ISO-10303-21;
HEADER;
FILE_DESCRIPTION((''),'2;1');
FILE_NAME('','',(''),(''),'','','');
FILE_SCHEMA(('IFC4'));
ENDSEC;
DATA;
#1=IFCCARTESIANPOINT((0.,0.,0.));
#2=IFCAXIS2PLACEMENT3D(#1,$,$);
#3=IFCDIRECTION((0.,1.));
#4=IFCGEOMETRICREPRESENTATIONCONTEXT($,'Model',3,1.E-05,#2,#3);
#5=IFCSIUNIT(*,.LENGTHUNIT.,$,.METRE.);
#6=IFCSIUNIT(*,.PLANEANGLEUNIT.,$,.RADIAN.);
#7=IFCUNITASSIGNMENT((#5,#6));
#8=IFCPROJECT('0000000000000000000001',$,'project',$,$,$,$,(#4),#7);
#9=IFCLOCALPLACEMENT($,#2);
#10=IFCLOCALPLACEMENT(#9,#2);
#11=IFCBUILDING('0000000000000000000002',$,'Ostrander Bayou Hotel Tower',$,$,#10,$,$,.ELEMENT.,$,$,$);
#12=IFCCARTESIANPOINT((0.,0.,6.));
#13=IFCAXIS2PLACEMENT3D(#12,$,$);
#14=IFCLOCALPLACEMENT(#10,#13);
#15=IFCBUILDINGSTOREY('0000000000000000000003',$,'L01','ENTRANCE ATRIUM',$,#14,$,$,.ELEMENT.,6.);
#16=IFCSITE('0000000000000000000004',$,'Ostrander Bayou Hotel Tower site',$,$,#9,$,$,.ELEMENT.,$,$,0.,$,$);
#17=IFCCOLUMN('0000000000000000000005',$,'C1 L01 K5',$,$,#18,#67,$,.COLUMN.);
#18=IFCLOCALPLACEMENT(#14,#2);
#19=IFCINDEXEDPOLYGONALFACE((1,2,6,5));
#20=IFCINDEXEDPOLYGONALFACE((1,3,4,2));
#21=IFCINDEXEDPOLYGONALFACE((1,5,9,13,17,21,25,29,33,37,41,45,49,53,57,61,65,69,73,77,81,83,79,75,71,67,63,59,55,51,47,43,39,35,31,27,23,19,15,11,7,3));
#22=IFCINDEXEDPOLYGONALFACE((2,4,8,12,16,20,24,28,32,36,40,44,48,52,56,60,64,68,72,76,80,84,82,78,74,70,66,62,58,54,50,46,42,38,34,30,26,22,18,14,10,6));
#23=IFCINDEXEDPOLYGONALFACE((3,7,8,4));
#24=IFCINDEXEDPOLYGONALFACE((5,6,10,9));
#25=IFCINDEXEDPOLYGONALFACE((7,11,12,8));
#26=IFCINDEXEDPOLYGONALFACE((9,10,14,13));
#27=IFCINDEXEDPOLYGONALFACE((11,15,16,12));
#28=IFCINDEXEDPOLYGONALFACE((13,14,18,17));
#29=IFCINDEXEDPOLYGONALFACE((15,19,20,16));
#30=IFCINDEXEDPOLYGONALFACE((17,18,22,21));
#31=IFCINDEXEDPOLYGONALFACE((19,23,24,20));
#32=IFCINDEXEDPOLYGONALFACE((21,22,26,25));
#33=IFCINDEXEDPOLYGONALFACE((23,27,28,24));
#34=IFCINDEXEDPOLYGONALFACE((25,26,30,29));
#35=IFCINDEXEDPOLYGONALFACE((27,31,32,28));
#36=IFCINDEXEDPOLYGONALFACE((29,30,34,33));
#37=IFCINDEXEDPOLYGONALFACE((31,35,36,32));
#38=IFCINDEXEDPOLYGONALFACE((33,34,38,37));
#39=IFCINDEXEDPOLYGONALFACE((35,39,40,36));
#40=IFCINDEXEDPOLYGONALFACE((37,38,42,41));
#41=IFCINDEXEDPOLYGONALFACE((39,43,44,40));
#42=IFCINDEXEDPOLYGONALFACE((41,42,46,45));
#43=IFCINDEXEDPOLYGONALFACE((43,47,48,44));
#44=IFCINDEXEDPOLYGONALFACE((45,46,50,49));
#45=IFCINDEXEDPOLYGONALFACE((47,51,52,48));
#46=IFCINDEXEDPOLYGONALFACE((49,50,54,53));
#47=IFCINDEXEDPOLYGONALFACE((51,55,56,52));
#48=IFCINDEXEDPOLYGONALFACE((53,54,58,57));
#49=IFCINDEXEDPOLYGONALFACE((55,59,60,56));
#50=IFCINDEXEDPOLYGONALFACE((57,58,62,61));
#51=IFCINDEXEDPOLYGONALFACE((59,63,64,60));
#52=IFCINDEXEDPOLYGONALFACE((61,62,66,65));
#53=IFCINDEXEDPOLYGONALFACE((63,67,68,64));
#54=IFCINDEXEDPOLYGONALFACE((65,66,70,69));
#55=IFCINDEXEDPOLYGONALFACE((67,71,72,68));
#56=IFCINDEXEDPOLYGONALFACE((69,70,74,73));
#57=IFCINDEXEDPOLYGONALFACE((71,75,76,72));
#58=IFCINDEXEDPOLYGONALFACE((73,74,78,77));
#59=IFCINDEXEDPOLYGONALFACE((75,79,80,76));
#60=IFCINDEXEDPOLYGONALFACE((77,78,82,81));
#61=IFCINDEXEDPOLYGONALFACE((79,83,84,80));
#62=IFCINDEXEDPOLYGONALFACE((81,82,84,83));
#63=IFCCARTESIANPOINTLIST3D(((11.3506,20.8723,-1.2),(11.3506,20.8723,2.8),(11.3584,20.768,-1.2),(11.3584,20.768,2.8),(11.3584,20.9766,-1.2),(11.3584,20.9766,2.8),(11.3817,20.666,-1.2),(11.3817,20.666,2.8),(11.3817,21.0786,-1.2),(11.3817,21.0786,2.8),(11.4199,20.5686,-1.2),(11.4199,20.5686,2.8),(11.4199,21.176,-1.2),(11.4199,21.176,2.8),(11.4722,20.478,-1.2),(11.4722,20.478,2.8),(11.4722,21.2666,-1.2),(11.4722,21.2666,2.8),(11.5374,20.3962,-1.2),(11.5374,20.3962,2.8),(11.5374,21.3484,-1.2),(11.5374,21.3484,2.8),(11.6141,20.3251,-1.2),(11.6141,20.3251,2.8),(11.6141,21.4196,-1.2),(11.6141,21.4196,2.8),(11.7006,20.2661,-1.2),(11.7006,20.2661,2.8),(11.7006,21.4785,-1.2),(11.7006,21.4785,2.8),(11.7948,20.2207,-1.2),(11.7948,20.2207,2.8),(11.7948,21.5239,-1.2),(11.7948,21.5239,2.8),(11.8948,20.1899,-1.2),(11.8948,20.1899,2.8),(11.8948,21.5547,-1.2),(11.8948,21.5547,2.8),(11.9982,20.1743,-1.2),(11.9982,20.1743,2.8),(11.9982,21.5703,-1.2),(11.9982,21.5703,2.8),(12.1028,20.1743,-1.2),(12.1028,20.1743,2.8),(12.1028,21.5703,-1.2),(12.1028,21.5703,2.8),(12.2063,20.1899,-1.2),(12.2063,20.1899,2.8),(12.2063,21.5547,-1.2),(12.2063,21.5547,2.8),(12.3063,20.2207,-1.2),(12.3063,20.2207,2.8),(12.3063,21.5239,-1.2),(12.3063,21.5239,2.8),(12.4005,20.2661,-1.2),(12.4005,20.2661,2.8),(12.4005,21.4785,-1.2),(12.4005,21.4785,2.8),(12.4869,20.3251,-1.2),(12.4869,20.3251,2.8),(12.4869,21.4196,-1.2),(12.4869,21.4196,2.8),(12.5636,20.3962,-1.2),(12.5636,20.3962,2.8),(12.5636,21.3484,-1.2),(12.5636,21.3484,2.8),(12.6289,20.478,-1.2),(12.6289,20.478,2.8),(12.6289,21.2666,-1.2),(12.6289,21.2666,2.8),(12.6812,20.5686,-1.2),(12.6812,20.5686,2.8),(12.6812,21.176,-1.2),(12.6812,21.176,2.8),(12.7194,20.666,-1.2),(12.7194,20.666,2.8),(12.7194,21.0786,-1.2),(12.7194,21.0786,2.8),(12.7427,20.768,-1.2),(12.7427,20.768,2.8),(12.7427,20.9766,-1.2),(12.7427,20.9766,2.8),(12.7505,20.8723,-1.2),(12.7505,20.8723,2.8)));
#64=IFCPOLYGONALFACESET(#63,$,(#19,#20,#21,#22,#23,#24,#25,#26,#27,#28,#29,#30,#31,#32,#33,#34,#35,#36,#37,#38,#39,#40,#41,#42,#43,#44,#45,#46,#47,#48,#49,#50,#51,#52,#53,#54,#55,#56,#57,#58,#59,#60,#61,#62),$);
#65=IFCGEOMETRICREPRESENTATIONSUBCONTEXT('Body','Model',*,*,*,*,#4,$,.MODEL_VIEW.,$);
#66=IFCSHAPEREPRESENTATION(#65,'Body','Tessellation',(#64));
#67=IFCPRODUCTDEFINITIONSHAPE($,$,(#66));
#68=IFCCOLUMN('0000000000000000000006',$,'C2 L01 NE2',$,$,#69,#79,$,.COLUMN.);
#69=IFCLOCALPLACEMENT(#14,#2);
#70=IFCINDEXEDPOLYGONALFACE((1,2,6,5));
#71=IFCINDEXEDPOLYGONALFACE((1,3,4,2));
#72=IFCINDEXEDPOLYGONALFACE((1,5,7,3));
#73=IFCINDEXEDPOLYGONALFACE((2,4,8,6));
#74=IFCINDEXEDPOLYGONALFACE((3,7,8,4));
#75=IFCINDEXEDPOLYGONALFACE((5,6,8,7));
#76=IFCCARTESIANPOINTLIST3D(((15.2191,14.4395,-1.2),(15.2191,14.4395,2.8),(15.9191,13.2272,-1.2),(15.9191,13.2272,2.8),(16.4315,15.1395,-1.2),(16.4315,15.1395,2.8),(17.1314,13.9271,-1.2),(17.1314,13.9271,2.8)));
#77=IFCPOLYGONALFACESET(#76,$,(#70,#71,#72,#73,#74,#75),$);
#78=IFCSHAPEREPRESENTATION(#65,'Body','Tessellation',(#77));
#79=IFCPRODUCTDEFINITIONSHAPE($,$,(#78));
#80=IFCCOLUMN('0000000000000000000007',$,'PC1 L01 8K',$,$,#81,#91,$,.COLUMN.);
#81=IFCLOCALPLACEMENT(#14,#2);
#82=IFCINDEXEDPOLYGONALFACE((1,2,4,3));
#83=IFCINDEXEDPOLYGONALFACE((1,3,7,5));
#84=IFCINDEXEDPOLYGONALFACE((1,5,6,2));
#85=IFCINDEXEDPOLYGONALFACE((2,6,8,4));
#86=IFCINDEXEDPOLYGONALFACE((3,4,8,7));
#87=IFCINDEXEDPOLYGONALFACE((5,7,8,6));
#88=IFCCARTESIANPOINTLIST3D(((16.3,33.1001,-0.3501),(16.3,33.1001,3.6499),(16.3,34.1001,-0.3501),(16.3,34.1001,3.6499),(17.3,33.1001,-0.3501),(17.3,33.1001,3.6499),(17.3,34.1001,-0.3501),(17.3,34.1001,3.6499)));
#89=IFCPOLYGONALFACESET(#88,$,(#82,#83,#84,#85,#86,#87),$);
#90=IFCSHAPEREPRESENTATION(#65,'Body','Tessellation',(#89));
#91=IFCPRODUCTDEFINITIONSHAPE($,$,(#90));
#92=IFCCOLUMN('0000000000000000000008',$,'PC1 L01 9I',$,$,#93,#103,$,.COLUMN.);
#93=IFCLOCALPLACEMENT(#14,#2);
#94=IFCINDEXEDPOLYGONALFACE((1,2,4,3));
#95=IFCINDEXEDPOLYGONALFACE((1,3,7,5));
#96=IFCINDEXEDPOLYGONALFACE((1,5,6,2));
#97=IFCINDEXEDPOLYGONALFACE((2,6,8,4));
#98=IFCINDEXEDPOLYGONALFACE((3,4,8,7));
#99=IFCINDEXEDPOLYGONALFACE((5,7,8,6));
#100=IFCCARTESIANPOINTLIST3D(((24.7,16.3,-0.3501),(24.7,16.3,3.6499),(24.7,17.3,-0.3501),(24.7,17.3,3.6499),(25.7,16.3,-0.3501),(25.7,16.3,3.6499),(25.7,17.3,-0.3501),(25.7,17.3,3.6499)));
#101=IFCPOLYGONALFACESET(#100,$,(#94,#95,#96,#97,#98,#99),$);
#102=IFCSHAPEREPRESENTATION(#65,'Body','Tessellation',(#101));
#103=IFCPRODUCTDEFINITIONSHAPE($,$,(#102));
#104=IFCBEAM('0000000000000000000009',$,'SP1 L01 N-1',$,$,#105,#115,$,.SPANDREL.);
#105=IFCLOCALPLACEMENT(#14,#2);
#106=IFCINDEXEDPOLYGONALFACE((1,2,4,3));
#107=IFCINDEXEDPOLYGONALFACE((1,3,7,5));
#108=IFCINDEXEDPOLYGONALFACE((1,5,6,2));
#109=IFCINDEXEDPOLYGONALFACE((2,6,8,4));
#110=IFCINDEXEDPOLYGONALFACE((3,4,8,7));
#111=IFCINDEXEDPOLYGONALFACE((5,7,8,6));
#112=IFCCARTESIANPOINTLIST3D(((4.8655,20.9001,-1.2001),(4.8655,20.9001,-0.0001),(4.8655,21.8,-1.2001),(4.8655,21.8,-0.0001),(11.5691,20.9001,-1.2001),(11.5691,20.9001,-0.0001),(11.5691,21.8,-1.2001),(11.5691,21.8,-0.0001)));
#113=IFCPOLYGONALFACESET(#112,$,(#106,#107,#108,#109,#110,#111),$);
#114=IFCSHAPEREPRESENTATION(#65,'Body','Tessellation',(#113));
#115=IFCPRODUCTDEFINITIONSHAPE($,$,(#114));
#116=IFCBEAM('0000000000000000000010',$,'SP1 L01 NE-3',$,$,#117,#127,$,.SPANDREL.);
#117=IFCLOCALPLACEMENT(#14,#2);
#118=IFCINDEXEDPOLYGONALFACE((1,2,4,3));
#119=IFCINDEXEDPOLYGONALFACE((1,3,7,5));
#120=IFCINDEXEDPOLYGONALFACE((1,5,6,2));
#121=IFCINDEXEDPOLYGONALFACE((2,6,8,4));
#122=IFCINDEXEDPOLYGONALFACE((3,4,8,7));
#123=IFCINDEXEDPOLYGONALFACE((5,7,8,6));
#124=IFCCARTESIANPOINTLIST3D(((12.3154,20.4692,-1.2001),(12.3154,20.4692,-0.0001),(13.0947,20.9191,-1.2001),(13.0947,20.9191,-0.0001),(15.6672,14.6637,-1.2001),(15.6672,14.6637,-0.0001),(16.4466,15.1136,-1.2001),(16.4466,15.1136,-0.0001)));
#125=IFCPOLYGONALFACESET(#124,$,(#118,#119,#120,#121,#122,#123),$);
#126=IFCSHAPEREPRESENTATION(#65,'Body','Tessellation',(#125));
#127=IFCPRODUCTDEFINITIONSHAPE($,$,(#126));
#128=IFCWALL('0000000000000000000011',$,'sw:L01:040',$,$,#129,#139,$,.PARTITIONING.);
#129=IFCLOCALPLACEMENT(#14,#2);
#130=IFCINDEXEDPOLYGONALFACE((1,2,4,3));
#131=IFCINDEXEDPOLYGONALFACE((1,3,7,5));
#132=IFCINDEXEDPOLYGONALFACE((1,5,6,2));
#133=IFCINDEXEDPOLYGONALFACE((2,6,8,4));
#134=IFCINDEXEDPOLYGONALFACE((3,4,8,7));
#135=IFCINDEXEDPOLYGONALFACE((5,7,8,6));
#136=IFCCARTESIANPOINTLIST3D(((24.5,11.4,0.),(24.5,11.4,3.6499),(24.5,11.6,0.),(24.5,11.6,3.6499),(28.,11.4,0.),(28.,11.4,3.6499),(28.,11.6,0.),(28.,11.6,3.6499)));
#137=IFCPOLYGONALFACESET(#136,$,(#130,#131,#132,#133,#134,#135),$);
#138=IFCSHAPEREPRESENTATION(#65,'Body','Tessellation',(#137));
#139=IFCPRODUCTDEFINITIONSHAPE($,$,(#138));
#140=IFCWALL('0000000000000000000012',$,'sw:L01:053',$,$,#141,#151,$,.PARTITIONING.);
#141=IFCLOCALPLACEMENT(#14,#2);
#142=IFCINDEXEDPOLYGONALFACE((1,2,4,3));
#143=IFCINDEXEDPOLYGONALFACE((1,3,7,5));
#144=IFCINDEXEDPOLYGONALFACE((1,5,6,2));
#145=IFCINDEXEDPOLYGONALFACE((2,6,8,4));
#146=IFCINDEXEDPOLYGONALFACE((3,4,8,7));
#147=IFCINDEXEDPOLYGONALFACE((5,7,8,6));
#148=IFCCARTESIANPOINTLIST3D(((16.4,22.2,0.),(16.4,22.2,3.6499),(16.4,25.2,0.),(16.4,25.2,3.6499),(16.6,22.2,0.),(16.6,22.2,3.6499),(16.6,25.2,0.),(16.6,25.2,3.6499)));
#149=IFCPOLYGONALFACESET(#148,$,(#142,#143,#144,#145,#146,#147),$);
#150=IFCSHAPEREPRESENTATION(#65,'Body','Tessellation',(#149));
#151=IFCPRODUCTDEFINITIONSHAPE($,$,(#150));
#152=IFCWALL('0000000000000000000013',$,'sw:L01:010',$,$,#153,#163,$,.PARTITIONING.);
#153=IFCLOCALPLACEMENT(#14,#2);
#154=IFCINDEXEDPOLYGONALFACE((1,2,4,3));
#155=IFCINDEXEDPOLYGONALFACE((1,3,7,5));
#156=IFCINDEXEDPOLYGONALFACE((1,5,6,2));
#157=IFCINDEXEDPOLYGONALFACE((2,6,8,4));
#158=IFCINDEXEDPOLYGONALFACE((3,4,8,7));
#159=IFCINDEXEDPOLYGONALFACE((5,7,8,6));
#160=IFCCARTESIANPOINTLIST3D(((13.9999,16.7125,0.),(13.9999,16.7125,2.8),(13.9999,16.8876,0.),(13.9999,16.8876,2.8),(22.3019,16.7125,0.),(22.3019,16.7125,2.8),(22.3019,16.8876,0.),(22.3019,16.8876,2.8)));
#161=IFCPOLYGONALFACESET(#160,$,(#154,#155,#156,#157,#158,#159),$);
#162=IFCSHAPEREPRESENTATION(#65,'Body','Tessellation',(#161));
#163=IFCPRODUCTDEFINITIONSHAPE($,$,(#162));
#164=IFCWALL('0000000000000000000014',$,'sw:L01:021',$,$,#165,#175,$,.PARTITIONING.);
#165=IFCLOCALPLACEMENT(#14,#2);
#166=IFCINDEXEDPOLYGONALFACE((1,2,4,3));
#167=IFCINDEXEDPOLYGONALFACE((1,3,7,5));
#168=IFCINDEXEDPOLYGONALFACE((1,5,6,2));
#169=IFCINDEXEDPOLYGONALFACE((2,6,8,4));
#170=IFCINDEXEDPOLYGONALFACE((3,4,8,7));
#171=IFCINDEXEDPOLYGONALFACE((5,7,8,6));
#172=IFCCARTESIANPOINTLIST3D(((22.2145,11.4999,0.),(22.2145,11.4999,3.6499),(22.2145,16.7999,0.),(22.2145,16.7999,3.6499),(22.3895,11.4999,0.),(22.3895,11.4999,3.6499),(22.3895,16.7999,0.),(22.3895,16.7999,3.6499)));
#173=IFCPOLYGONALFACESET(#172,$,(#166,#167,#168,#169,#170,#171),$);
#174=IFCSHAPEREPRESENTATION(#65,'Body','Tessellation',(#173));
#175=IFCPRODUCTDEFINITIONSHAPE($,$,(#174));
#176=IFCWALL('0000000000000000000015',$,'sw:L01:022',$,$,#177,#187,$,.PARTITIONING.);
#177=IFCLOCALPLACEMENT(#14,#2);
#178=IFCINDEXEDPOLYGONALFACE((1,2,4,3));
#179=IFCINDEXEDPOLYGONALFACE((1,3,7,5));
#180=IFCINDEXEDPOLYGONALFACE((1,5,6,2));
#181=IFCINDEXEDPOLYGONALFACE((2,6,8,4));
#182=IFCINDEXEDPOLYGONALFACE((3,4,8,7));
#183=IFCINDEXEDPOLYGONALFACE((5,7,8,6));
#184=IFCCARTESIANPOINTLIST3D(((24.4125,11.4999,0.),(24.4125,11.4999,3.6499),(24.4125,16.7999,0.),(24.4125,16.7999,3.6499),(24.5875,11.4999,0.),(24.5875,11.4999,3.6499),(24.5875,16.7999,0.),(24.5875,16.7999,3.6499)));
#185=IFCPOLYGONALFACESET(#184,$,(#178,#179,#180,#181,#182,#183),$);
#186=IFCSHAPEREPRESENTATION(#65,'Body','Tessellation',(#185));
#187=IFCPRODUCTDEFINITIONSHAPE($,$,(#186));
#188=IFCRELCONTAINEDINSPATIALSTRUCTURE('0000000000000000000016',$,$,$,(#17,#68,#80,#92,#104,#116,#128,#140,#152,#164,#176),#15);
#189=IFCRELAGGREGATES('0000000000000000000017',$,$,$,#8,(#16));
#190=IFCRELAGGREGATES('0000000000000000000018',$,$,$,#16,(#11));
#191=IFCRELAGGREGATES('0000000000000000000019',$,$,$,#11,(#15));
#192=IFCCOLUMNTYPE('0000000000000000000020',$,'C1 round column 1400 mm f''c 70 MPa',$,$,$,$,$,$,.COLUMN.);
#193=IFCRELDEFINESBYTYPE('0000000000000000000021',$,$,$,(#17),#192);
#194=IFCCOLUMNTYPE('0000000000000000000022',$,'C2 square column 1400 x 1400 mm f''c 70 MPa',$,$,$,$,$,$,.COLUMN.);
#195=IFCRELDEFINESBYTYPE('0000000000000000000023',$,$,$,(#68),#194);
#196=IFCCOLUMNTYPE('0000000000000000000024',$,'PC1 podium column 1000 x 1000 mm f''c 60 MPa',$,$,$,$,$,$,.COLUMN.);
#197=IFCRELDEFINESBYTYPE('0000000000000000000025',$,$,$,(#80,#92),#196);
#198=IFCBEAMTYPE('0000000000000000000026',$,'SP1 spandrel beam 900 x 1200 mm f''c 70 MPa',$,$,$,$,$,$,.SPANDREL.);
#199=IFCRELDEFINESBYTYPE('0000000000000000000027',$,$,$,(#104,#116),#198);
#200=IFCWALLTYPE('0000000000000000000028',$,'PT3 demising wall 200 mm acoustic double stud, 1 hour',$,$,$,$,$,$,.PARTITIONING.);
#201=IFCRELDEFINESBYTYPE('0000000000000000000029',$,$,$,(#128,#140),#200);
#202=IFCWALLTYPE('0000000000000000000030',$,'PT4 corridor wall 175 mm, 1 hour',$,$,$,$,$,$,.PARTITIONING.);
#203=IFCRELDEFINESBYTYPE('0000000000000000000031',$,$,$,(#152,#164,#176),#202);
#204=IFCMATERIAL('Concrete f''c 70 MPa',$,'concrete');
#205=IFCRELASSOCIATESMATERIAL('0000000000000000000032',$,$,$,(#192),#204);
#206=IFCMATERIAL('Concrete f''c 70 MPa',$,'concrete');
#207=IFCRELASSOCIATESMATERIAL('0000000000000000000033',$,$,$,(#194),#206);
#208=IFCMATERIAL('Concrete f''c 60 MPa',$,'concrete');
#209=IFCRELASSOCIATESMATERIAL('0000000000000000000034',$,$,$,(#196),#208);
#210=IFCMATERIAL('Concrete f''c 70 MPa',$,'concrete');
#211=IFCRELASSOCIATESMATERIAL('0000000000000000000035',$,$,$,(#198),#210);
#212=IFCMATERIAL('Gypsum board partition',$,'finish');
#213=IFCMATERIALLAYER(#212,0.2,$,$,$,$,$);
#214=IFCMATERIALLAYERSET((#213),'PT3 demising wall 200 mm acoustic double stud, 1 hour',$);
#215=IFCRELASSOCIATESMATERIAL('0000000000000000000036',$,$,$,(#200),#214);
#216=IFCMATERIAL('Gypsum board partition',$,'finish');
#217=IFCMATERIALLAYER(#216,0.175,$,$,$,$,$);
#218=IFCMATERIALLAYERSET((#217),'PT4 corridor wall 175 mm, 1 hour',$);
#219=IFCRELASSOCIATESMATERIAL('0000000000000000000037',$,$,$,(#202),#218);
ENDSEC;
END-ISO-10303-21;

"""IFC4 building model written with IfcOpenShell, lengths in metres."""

from ifc_helpers import new_model, si_unit, direction, frame, frame_2d, origin, origin_2d, place, context, subcontext, project, spatial, rectangle, circle, extrude, material, layer, layer_set, material_profile, profile_set, type_object, element, save


model = new_model("IFC4")

# Units and contexts
model_context = context("Model", 3, precision=1e-05, world=origin(), true_north=direction((0.0, 1.0)))
body_context = subcontext(model_context, "Body", "Model", "MODEL_VIEW")
ifc_project = project(units=[si_unit("LENGTHUNIT", "METRE"), si_unit("PLANEANGLEUNIT", "RADIAN")], contexts=[model_context])

# Site, building, storey
site_placement = place(None, origin())
site = spatial("IfcSite", under=ifc_project, at=site_placement, Name="Ostrander Bayou Hotel Tower site", CompositionType="ELEMENT", RefElevation=0.0)
building_placement = place(site_placement, origin())
building = spatial("IfcBuilding", under=site, at=building_placement, Name="Ostrander Bayou Hotel Tower", CompositionType="ELEMENT")
storey_placement = place(building_placement, frame((0.0, 0.0, 6.0)))
storey = spatial("IfcBuildingStorey", under=building, at=storey_placement, Name="L01", Description="ENTRANCE ATRIUM", CompositionType="ELEMENT", Elevation=6.0)

# Columns
ifc_material_1 = material(Name="Concrete f'c 70 MPa", Category="concrete")
ifc_material_profile_1 = material_profile(ifc_material_1, circle(Radius=0.7, at=origin_2d()))
ifc_profile_set_1 = profile_set([ifc_material_profile_1], Name="Concrete f'c 70 MPa")
column_type_1 = type_object("IfcColumnType", Name="C1 round column 1400 mm f'c 70 MPa", PredefinedType="COLUMN", material=ifc_profile_set_1)
column_1_placement = place(storey_placement, frame((12.0505, 20.8723, -1.2), z_axis=(0.0, 0.0, 1.0), x_axis=(1.0, 0.0, 0.0)))
element("IfcColumn", 1, at=column_1_placement, inside=storey, type_object=column_type_1, Name="C1 L01 K5", PredefinedType="COLUMN", context=body_context, shape_type="SweptSolid", body=[
    extrude(circle(Radius=0.7, at=origin_2d()), origin(), (0.0, 0.0, 1.0), 4.0),
])
ifc_material_2 = material(Name="Concrete f'c 70 MPa", Category="concrete")
ifc_material_profile_2 = material_profile(ifc_material_2, rectangle(XDim=1.3999, YDim=1.3999, at=origin_2d()))
ifc_profile_set_2 = profile_set([ifc_material_profile_2], Name="Concrete f'c 70 MPa")
column_type_2 = type_object("IfcColumnType", Name="C2 square column 1400 x 1400 mm f'c 70 MPa", PredefinedType="COLUMN", material=ifc_profile_set_2)
column_2_placement = place(storey_placement, frame((16.1753, 14.1833, -1.2), z_axis=(0.0, 0.0, 1.0), x_axis=(0.5, -0.866025, 0.0)))
element("IfcColumn", 2, at=column_2_placement, inside=storey, type_object=column_type_2, Name="C2 L01 NE2", PredefinedType="COLUMN", context=body_context, shape_type="SweptSolid", body=[
    extrude(rectangle(XDim=1.3999, YDim=1.3999, at=origin_2d()), origin(), (0.0, 0.0, 1.0), 4.0),
])
ifc_material_3 = material(Name="Concrete f'c 60 MPa", Category="concrete")
ifc_material_profile_3 = material_profile(ifc_material_3, rectangle(XDim=1.0, YDim=1.0, at=origin_2d()))
ifc_profile_set_3 = profile_set([ifc_material_profile_3], Name="Concrete f'c 60 MPa")
column_type_3 = type_object("IfcColumnType", Name="PC1 podium column 1000 x 1000 mm f'c 60 MPa", PredefinedType="COLUMN", material=ifc_profile_set_3)
for number, where, z_axis, x_axis, name in (
    (3, (16.8, 33.6001, -0.3501), (0.0, 0.0, 1.0), (1.0, 0.0, 0.0), "PC1 L01 8K"),
    (4, (25.2, 16.8, -0.3501), (0.0, 0.0, 1.0), (1.0, 0.0, 0.0), "PC1 L01 9I"),
):
    element("IfcColumn", number, at=place(storey_placement, frame(where, z_axis=z_axis, x_axis=x_axis)), inside=storey, type_object=column_type_3, Name=name, PredefinedType="COLUMN", context=body_context, shape_type="SweptSolid", body=[
        extrude(rectangle(XDim=1.0, YDim=1.0, at=origin_2d()), origin(), (0.0, 0.0, 1.0), 4.0),
    ])

# Beams
ifc_material_4 = material(Name="Concrete f'c 70 MPa", Category="concrete")
ifc_material_profile_4 = material_profile(ifc_material_4, rectangle(XDim=0.8999, YDim=1.2, at=origin_2d()))
ifc_profile_set_4 = profile_set([ifc_material_profile_4], Name="Concrete f'c 70 MPa")
beam_type = type_object("IfcBeamType", Name="SP1 spandrel beam 900 x 1200 mm f'c 70 MPa", PredefinedType="SPANDREL", material=ifc_profile_set_4)
for number, where, z_axis, x_axis, name in (
    (5, (11.5691, 21.3501, -0.6001), (-1.0, 0.0, 0.0), (0.0, -1.0, 0.0), "SP1 L01 N-1"),
    (6, (16.0569, 14.8887, -0.6001), (-0.500005, 0.866022, 0.0), (-0.866022, -0.500005, 0.0), "SP1 L01 NE-3"),
):
    element("IfcBeam", number, at=place(storey_placement, frame(where, z_axis=z_axis, x_axis=x_axis)), inside=storey, type_object=beam_type, Name=name, PredefinedType="SPANDREL", context=body_context, shape_type="SweptSolid", body=[
        extrude(rectangle(XDim=0.8999, YDim=1.2, at=origin_2d()), origin(), (0.0, 0.0, 1.0), 6.7036),
    ])

# Wall
ifc_material_5 = material(Name="Gypsum board partition", Category="finish")
ifc_layer_1 = layer(ifc_material_5, 0.2)
ifc_layer_set_1 = layer_set([ifc_layer_1], Name="PT3 demising wall 200 mm acoustic double stud, 1 hour")
wall_type_1 = type_object("IfcWallType", Name="PT3 demising wall 200 mm acoustic double stud, 1 hour", PredefinedType="PARTITIONING", material=ifc_layer_set_1)
wall_1_placement = place(storey_placement, frame((24.5, 11.5, 0.0), z_axis=(0.0, 0.0, 1.0), x_axis=(1.0, 0.0, 0.0)))
element("IfcWall", 7, at=wall_1_placement, inside=storey, type_object=wall_type_1, Name="sw:L01:040", PredefinedType="PARTITIONING", context=body_context, shape_type="SweptSolid", body=[
    extrude(rectangle(XDim=3.5, YDim=0.2, at=frame_2d((1.75, 0.0))), origin(), (0.0, 0.0, 1.0), 3.6499),
])

# Walls
wall_2_placement = place(storey_placement, frame((16.5, 22.2, 0.0), z_axis=(0.0, 0.0, 1.0), x_axis=(0.0, 1.0, 0.0)))
element("IfcWall", 8, at=wall_2_placement, inside=storey, type_object=wall_type_1, Name="sw:L01:053", PredefinedType="PARTITIONING", context=body_context, shape_type="SweptSolid", body=[
    extrude(rectangle(XDim=3.0, YDim=0.2, at=frame_2d((1.5, 0.0))), origin(), (0.0, 0.0, 1.0), 3.6499),
])
ifc_material_6 = material(Name="Gypsum board partition", Category="finish")
ifc_layer_2 = layer(ifc_material_6, 0.175)
ifc_layer_set_2 = layer_set([ifc_layer_2], Name="PT4 corridor wall 175 mm, 1 hour")
wall_type_2 = type_object("IfcWallType", Name="PT4 corridor wall 175 mm, 1 hour", PredefinedType="PARTITIONING", material=ifc_layer_set_2)
wall_3_placement = place(storey_placement, frame((14.0, 16.8, 0.0), z_axis=(0.0, 0.0, 1.0), x_axis=(1.0, 0.0, 0.0)))
element("IfcWall", 9, at=wall_3_placement, inside=storey, type_object=wall_type_2, Name="sw:L01:010", PredefinedType="PARTITIONING", context=body_context, shape_type="SweptSolid", body=[
    extrude(rectangle(XDim=8.302, YDim=0.175, at=frame_2d((4.1509, 0.0))), origin(), (0.0, 0.0, 1.0), 2.8),
])
for number, where, z_axis, x_axis, name in (
    (10, (22.302, 11.5, 0.0), (0.0, 0.0, 1.0), (0.0, 1.0, 0.0), "sw:L01:021"),
    (11, (24.5, 11.5, 0.0), (0.0, 0.0, 1.0), (0.0, 1.0, 0.0), "sw:L01:022"),
):
    element("IfcWall", number, at=place(storey_placement, frame(where, z_axis=z_axis, x_axis=x_axis)), inside=storey, type_object=wall_type_2, Name=name, PredefinedType="PARTITIONING", context=body_context, shape_type="SweptSolid", body=[
        extrude(rectangle(XDim=5.3, YDim=0.175, at=frame_2d((2.6499, 0.0))), origin(), (0.0, 0.0, 1.0), 3.6499),
    ])

save(model, "model.ifc")
